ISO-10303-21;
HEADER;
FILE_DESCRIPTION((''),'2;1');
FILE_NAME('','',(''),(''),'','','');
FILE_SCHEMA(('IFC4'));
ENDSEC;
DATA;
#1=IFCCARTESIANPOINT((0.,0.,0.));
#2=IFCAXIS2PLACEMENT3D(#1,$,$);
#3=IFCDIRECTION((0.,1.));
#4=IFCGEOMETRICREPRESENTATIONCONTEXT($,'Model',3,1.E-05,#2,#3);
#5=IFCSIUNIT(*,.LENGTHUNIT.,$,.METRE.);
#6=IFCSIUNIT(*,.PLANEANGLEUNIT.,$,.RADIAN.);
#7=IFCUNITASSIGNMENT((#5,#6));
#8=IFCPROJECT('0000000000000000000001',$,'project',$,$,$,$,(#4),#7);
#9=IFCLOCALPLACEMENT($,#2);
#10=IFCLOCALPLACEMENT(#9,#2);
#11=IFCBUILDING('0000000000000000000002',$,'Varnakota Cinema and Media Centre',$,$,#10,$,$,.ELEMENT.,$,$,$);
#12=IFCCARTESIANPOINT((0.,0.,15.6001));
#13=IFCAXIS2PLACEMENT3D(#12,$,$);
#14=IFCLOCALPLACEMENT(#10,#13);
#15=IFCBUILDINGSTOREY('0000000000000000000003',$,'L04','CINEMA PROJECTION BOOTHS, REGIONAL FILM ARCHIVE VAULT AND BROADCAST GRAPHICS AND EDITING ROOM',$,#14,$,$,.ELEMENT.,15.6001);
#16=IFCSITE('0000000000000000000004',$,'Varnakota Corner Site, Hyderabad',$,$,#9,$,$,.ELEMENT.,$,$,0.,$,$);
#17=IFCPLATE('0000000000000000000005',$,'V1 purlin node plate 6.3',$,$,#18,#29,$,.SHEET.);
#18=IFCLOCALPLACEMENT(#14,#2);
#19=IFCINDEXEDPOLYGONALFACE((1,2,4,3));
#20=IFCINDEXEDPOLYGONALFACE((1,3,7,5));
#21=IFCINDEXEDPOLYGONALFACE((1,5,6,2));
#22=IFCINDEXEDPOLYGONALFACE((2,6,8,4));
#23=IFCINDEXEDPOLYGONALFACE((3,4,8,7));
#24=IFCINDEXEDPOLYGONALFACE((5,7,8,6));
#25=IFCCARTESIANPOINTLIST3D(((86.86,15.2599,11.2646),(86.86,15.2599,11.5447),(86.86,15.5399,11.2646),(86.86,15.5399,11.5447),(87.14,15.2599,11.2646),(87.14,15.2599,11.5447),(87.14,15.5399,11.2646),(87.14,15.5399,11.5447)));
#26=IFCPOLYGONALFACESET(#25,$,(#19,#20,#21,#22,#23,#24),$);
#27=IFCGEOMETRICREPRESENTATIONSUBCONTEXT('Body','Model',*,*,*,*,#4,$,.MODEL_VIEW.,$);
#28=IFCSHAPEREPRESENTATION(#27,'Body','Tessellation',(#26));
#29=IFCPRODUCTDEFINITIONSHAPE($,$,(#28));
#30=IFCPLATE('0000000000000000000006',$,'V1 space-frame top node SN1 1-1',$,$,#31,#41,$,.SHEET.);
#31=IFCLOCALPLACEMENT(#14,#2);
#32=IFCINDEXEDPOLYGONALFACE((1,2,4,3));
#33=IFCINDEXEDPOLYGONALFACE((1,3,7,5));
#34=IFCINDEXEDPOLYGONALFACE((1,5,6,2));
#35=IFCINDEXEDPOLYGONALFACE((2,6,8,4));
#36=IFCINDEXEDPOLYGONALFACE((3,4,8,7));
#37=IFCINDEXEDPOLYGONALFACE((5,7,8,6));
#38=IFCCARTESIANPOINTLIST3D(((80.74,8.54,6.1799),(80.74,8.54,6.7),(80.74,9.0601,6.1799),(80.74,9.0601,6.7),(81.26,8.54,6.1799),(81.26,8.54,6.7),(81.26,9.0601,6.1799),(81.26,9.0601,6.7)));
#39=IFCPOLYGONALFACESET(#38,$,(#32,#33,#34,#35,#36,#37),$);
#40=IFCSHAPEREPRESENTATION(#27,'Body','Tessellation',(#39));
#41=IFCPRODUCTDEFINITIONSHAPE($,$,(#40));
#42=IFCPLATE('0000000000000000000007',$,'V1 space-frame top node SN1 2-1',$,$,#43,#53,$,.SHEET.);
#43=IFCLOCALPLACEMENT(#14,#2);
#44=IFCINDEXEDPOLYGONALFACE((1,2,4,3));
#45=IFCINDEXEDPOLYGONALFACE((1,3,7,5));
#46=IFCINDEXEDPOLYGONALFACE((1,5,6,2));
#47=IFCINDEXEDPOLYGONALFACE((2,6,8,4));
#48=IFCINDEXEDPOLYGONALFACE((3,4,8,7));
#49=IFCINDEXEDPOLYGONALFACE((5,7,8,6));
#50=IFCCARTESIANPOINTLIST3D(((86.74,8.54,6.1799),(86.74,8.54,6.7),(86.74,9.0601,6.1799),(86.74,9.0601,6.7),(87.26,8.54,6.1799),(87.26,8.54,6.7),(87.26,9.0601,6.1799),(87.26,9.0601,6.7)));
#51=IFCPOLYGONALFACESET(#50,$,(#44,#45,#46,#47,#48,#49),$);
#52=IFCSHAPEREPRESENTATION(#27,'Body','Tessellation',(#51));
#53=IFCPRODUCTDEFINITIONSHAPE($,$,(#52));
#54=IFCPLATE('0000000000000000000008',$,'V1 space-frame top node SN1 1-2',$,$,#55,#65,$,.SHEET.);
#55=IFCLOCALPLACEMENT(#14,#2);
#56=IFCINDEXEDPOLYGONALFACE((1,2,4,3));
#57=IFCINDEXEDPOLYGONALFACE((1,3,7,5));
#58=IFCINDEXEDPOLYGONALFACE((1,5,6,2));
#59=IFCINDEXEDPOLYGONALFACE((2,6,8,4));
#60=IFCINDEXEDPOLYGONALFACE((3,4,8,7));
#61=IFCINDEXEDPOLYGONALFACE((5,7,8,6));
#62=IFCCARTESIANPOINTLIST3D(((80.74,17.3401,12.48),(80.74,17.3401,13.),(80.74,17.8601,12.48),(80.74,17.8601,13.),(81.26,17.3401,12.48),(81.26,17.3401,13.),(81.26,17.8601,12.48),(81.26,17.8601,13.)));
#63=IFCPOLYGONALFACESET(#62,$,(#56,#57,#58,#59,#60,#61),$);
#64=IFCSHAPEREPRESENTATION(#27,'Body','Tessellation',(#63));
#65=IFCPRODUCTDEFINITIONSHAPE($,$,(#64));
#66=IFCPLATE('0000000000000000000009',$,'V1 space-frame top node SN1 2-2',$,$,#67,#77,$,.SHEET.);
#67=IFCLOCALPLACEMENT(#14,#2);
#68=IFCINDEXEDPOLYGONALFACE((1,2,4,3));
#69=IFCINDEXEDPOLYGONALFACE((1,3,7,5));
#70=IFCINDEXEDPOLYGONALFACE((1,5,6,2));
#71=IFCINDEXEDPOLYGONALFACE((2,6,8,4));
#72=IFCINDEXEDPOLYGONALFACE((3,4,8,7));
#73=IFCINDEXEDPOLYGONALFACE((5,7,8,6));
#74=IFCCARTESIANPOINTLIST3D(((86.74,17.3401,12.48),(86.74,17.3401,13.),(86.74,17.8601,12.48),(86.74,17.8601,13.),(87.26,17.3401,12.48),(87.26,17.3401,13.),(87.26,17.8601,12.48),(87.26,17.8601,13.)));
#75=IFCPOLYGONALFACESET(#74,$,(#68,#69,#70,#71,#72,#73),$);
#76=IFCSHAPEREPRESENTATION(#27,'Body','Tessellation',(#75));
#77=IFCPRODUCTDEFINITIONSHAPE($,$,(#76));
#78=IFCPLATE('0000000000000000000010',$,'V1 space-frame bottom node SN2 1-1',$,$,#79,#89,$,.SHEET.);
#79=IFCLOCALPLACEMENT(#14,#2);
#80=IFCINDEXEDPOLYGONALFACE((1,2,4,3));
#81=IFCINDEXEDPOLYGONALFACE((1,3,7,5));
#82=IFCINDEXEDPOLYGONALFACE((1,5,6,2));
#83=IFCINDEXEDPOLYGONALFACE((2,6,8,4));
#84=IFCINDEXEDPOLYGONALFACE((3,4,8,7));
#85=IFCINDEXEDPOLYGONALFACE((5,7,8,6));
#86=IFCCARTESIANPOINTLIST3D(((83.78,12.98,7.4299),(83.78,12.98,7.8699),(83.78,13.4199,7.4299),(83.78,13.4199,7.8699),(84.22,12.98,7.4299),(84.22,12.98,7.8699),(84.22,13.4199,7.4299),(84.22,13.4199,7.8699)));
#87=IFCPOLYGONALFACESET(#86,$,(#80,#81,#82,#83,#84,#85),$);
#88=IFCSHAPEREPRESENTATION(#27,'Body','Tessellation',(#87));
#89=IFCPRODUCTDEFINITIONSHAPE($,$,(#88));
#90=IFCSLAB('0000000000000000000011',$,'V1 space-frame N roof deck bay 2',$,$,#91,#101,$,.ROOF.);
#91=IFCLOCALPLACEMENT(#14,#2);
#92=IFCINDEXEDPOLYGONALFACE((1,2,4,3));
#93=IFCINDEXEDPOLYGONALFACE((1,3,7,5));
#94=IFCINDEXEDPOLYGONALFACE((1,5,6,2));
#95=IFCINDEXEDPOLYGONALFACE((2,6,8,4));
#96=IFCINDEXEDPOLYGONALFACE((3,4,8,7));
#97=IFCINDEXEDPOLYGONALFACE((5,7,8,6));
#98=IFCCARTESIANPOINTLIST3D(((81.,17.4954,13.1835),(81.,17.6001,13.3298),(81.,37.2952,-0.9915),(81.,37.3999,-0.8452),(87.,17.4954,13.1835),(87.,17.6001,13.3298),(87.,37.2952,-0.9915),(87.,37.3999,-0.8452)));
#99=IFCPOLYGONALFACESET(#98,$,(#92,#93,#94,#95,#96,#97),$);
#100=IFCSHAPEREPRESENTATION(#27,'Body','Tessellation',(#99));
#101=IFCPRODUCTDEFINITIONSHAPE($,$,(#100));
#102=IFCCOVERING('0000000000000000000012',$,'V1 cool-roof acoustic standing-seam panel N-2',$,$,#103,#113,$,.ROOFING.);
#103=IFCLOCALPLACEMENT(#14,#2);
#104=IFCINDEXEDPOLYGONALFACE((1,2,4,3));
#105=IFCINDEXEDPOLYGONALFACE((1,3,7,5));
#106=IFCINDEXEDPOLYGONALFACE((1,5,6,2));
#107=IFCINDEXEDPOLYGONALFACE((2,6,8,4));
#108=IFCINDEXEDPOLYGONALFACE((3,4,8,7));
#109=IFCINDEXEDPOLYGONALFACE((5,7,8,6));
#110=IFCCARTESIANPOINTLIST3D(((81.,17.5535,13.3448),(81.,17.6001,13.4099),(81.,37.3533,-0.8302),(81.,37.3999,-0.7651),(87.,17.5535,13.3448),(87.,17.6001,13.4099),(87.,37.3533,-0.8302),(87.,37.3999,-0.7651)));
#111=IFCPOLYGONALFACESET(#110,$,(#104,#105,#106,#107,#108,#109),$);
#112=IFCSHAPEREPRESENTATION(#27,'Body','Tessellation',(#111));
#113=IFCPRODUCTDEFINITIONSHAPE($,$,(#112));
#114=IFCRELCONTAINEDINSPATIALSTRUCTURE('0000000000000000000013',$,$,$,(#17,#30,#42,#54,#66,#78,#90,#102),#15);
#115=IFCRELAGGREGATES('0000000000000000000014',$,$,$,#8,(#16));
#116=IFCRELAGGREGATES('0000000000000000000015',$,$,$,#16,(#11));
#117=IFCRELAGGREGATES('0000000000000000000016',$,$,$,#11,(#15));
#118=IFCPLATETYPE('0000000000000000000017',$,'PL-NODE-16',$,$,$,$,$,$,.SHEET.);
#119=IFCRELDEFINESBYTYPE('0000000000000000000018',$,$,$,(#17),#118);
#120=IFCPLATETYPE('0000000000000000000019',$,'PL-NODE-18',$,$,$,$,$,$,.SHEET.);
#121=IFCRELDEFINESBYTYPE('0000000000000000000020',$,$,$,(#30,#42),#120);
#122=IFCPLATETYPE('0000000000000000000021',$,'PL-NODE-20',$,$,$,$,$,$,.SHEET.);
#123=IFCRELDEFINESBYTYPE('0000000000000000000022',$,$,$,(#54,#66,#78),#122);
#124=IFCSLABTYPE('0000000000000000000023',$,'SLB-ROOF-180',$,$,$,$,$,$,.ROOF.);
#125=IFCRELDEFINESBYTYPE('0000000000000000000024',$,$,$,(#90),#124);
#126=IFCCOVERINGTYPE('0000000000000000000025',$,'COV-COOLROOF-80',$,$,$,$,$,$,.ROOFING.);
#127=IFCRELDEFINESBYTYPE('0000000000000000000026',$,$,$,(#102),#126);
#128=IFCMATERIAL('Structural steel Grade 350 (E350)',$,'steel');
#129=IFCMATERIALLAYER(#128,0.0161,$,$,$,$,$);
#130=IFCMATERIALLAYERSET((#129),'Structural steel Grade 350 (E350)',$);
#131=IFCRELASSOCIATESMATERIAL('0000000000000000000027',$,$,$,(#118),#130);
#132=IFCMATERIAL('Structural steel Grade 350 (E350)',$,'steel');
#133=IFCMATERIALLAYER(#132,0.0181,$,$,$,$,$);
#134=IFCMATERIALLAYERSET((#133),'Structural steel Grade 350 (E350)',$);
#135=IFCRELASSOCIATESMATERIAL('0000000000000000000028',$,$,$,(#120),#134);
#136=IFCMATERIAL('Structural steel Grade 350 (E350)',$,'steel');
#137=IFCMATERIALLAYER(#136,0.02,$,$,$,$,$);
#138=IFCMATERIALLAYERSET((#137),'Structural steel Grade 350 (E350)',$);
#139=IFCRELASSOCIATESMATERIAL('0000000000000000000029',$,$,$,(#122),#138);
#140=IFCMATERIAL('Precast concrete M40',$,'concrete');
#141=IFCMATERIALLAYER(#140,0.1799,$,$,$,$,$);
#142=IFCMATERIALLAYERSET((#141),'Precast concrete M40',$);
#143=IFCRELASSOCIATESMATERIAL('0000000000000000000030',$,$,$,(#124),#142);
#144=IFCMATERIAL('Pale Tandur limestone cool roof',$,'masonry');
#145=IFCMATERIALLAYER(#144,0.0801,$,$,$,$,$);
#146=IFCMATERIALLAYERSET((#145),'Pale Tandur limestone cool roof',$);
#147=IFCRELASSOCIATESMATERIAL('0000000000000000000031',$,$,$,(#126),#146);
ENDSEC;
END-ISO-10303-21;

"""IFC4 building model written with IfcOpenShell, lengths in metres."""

from ifc_helpers import new_model, si_unit, direction, frame, origin, origin_2d, place, context, subcontext, project, spatial, polyline, rectangle, outline, extrude, material, layer, layer_set, type_object, element, save


model = new_model("IFC4")

# Units and contexts
model_context = context("Model", 3, precision=1e-05, world=origin(), true_north=direction((0.0, 1.0)))
body_context = subcontext(model_context, "Body", "Model", "MODEL_VIEW")
ifc_project = project(units=[si_unit("LENGTHUNIT", "METRE"), si_unit("PLANEANGLEUNIT", "RADIAN")], contexts=[model_context])

# Site, building, storey
site_placement = place(None, origin())
site = spatial("IfcSite", under=ifc_project, at=site_placement, Name="Varnakota Corner Site, Hyderabad", CompositionType="ELEMENT", RefElevation=0.0)
building_placement = place(site_placement, origin())
building = spatial("IfcBuilding", under=site, at=building_placement, Name="Varnakota Cinema and Media Centre", CompositionType="ELEMENT")
storey_placement = place(building_placement, frame((0.0, 0.0, 15.6001)))
storey = spatial("IfcBuildingStorey", under=building, at=storey_placement, Name="L04", Description="CINEMA PROJECTION BOOTHS, REGIONAL FILM ARCHIVE VAULT AND BROADCAST GRAPHICS AND EDITING ROOM", CompositionType="ELEMENT", Elevation=15.6001)

# Plates
ifc_material_1 = material(Name="Structural steel Grade 350 (E350)", Category="steel")
ifc_layer_1 = layer(ifc_material_1, 0.0161)
ifc_layer_set_1 = layer_set([ifc_layer_1], Name="Structural steel Grade 350 (E350)")
plate_type_1 = type_object("IfcPlateType", Name="PL-NODE-16", PredefinedType="SHEET", material=ifc_layer_set_1)
for number, where, z_axis, x_axis, name in (
    (1, (87.0, 15.3999, 11.2646), (0.0, 0.0, 1.0), (1.0, 0.0, 0.0), "V1 purlin node plate 6.3"),
):
    element("IfcPlate", number, at=place(storey_placement, frame(where, z_axis=z_axis, x_axis=x_axis)), inside=storey, type_object=plate_type_1, Name=name, PredefinedType="SHEET", context=body_context, shape_type="SweptSolid", body=[
        extrude(rectangle(XDim=0.28, YDim=0.28, at=origin_2d()), origin(), (0.0, 0.0, 1.0), 0.28),
    ])
ifc_material_2 = material(Name="Structural steel Grade 350 (E350)", Category="steel")
ifc_layer_2 = layer(ifc_material_2, 0.0181)
ifc_layer_set_2 = layer_set([ifc_layer_2], Name="Structural steel Grade 350 (E350)")
plate_type_2 = type_object("IfcPlateType", Name="PL-NODE-18", PredefinedType="SHEET", material=ifc_layer_set_2)
for number, where, z_axis, x_axis, name in (
    (2, (81.0, 8.8, 6.1799), (0.0, 0.0, 1.0), (1.0, 0.0, 0.0), "V1 space-frame top node SN1 1-1"),
    (3, (87.0, 8.8, 6.1799), (0.0, 0.0, 1.0), (1.0, 0.0, 0.0), "V1 space-frame top node SN1 2-1"),
):
    element("IfcPlate", number, at=place(storey_placement, frame(where, z_axis=z_axis, x_axis=x_axis)), inside=storey, type_object=plate_type_2, Name=name, PredefinedType="SHEET", context=body_context, shape_type="SweptSolid", body=[
        extrude(rectangle(XDim=0.52, YDim=0.52, at=origin_2d()), origin(), (0.0, 0.0, 1.0), 0.52),
    ])
ifc_material_3 = material(Name="Structural steel Grade 350 (E350)", Category="steel")
ifc_layer_3 = layer(ifc_material_3, 0.02)
ifc_layer_set_3 = layer_set([ifc_layer_3], Name="Structural steel Grade 350 (E350)")
plate_type_3 = type_object("IfcPlateType", Name="PL-NODE-20", PredefinedType="SHEET", material=ifc_layer_set_3)
for number, where, z_axis, x_axis, name in (
    (4, (81.0, 17.6001, 12.48), (0.0, 0.0, 1.0), (1.0, 0.0, 0.0), "V1 space-frame top node SN1 1-2"),
    (5, (87.0, 17.6001, 12.48), (0.0, 0.0, 1.0), (1.0, 0.0, 0.0), "V1 space-frame top node SN1 2-2"),
):
    element("IfcPlate", number, at=place(storey_placement, frame(where, z_axis=z_axis, x_axis=x_axis)), inside=storey, type_object=plate_type_3, Name=name, PredefinedType="SHEET", context=body_context, shape_type="SweptSolid", body=[
        extrude(rectangle(XDim=0.52, YDim=0.52, at=origin_2d()), origin(), (0.0, 0.0, 1.0), 0.52),
    ])
plate_placement = place(storey_placement, frame((84.0, 13.2, 7.4299), z_axis=(0.0, 0.0, 1.0), x_axis=(1.0, 0.0, 0.0)))
element("IfcPlate", 6, at=plate_placement, inside=storey, type_object=plate_type_3, Name="V1 space-frame bottom node SN2 1-1", PredefinedType="SHEET", context=body_context, shape_type="SweptSolid", body=[
    extrude(rectangle(XDim=0.4399, YDim=0.4399, at=origin_2d()), origin(), (0.0, 0.0, 1.0), 0.4399),
])

# Slab
ifc_material_4 = material(Name="Precast concrete M40", Category="concrete")
ifc_layer_4 = layer(ifc_material_4, 0.1799)
ifc_layer_set_4 = layer_set([ifc_layer_4], Name="Precast concrete M40")
slab_type = type_object("IfcSlabType", Name="SLB-ROOF-180", PredefinedType="ROOF", material=ifc_layer_set_4)
slab_placement = place(storey_placement, frame((81.0, 17.6001, 13.3298), z_axis=(0.0, 0.582117, 0.813105), x_axis=(1.0, 0.0, 0.0)))
element("IfcSlab", 7, at=slab_placement, inside=storey, type_object=slab_type, Name="V1 space-frame N roof deck bay 2", PredefinedType="ROOF", context=body_context, shape_type="SweptSolid", body=[
    extrude(outline(polyline([(0.0, 0.0), (6.0, 0.0), (6.0, 24.3509), (0.0, 24.3509), (0.0, 0.0)])), origin(), (0.0, 0.0, -1.0), 0.1799),
])

# Covering
ifc_material_5 = material(Name="Pale Tandur limestone cool roof", Category="masonry")
ifc_layer_5 = layer(ifc_material_5, 0.0801)
ifc_layer_set_5 = layer_set([ifc_layer_5], Name="Pale Tandur limestone cool roof")
covering_type = type_object("IfcCoveringType", Name="COV-COOLROOF-80", PredefinedType="ROOFING", material=ifc_layer_set_5)
covering_placement = place(storey_placement, frame((81.0, 17.6001, 13.4099), z_axis=(0.0, 0.582117, 0.813105), x_axis=(1.0, 0.0, 0.0)))
element("IfcCovering", 8, at=covering_placement, inside=storey, type_object=covering_type, Name="V1 cool-roof acoustic standing-seam panel N-2", PredefinedType="ROOFING", context=body_context, shape_type="SweptSolid", body=[
    extrude(outline(polyline([(0.0, 0.0), (6.0, 0.0), (6.0, 24.3509), (0.0, 24.3509), (0.0, 0.0)])), origin(), (0.0, 0.0, -1.0), 0.0801),
])

save(model, "model.ifc")
